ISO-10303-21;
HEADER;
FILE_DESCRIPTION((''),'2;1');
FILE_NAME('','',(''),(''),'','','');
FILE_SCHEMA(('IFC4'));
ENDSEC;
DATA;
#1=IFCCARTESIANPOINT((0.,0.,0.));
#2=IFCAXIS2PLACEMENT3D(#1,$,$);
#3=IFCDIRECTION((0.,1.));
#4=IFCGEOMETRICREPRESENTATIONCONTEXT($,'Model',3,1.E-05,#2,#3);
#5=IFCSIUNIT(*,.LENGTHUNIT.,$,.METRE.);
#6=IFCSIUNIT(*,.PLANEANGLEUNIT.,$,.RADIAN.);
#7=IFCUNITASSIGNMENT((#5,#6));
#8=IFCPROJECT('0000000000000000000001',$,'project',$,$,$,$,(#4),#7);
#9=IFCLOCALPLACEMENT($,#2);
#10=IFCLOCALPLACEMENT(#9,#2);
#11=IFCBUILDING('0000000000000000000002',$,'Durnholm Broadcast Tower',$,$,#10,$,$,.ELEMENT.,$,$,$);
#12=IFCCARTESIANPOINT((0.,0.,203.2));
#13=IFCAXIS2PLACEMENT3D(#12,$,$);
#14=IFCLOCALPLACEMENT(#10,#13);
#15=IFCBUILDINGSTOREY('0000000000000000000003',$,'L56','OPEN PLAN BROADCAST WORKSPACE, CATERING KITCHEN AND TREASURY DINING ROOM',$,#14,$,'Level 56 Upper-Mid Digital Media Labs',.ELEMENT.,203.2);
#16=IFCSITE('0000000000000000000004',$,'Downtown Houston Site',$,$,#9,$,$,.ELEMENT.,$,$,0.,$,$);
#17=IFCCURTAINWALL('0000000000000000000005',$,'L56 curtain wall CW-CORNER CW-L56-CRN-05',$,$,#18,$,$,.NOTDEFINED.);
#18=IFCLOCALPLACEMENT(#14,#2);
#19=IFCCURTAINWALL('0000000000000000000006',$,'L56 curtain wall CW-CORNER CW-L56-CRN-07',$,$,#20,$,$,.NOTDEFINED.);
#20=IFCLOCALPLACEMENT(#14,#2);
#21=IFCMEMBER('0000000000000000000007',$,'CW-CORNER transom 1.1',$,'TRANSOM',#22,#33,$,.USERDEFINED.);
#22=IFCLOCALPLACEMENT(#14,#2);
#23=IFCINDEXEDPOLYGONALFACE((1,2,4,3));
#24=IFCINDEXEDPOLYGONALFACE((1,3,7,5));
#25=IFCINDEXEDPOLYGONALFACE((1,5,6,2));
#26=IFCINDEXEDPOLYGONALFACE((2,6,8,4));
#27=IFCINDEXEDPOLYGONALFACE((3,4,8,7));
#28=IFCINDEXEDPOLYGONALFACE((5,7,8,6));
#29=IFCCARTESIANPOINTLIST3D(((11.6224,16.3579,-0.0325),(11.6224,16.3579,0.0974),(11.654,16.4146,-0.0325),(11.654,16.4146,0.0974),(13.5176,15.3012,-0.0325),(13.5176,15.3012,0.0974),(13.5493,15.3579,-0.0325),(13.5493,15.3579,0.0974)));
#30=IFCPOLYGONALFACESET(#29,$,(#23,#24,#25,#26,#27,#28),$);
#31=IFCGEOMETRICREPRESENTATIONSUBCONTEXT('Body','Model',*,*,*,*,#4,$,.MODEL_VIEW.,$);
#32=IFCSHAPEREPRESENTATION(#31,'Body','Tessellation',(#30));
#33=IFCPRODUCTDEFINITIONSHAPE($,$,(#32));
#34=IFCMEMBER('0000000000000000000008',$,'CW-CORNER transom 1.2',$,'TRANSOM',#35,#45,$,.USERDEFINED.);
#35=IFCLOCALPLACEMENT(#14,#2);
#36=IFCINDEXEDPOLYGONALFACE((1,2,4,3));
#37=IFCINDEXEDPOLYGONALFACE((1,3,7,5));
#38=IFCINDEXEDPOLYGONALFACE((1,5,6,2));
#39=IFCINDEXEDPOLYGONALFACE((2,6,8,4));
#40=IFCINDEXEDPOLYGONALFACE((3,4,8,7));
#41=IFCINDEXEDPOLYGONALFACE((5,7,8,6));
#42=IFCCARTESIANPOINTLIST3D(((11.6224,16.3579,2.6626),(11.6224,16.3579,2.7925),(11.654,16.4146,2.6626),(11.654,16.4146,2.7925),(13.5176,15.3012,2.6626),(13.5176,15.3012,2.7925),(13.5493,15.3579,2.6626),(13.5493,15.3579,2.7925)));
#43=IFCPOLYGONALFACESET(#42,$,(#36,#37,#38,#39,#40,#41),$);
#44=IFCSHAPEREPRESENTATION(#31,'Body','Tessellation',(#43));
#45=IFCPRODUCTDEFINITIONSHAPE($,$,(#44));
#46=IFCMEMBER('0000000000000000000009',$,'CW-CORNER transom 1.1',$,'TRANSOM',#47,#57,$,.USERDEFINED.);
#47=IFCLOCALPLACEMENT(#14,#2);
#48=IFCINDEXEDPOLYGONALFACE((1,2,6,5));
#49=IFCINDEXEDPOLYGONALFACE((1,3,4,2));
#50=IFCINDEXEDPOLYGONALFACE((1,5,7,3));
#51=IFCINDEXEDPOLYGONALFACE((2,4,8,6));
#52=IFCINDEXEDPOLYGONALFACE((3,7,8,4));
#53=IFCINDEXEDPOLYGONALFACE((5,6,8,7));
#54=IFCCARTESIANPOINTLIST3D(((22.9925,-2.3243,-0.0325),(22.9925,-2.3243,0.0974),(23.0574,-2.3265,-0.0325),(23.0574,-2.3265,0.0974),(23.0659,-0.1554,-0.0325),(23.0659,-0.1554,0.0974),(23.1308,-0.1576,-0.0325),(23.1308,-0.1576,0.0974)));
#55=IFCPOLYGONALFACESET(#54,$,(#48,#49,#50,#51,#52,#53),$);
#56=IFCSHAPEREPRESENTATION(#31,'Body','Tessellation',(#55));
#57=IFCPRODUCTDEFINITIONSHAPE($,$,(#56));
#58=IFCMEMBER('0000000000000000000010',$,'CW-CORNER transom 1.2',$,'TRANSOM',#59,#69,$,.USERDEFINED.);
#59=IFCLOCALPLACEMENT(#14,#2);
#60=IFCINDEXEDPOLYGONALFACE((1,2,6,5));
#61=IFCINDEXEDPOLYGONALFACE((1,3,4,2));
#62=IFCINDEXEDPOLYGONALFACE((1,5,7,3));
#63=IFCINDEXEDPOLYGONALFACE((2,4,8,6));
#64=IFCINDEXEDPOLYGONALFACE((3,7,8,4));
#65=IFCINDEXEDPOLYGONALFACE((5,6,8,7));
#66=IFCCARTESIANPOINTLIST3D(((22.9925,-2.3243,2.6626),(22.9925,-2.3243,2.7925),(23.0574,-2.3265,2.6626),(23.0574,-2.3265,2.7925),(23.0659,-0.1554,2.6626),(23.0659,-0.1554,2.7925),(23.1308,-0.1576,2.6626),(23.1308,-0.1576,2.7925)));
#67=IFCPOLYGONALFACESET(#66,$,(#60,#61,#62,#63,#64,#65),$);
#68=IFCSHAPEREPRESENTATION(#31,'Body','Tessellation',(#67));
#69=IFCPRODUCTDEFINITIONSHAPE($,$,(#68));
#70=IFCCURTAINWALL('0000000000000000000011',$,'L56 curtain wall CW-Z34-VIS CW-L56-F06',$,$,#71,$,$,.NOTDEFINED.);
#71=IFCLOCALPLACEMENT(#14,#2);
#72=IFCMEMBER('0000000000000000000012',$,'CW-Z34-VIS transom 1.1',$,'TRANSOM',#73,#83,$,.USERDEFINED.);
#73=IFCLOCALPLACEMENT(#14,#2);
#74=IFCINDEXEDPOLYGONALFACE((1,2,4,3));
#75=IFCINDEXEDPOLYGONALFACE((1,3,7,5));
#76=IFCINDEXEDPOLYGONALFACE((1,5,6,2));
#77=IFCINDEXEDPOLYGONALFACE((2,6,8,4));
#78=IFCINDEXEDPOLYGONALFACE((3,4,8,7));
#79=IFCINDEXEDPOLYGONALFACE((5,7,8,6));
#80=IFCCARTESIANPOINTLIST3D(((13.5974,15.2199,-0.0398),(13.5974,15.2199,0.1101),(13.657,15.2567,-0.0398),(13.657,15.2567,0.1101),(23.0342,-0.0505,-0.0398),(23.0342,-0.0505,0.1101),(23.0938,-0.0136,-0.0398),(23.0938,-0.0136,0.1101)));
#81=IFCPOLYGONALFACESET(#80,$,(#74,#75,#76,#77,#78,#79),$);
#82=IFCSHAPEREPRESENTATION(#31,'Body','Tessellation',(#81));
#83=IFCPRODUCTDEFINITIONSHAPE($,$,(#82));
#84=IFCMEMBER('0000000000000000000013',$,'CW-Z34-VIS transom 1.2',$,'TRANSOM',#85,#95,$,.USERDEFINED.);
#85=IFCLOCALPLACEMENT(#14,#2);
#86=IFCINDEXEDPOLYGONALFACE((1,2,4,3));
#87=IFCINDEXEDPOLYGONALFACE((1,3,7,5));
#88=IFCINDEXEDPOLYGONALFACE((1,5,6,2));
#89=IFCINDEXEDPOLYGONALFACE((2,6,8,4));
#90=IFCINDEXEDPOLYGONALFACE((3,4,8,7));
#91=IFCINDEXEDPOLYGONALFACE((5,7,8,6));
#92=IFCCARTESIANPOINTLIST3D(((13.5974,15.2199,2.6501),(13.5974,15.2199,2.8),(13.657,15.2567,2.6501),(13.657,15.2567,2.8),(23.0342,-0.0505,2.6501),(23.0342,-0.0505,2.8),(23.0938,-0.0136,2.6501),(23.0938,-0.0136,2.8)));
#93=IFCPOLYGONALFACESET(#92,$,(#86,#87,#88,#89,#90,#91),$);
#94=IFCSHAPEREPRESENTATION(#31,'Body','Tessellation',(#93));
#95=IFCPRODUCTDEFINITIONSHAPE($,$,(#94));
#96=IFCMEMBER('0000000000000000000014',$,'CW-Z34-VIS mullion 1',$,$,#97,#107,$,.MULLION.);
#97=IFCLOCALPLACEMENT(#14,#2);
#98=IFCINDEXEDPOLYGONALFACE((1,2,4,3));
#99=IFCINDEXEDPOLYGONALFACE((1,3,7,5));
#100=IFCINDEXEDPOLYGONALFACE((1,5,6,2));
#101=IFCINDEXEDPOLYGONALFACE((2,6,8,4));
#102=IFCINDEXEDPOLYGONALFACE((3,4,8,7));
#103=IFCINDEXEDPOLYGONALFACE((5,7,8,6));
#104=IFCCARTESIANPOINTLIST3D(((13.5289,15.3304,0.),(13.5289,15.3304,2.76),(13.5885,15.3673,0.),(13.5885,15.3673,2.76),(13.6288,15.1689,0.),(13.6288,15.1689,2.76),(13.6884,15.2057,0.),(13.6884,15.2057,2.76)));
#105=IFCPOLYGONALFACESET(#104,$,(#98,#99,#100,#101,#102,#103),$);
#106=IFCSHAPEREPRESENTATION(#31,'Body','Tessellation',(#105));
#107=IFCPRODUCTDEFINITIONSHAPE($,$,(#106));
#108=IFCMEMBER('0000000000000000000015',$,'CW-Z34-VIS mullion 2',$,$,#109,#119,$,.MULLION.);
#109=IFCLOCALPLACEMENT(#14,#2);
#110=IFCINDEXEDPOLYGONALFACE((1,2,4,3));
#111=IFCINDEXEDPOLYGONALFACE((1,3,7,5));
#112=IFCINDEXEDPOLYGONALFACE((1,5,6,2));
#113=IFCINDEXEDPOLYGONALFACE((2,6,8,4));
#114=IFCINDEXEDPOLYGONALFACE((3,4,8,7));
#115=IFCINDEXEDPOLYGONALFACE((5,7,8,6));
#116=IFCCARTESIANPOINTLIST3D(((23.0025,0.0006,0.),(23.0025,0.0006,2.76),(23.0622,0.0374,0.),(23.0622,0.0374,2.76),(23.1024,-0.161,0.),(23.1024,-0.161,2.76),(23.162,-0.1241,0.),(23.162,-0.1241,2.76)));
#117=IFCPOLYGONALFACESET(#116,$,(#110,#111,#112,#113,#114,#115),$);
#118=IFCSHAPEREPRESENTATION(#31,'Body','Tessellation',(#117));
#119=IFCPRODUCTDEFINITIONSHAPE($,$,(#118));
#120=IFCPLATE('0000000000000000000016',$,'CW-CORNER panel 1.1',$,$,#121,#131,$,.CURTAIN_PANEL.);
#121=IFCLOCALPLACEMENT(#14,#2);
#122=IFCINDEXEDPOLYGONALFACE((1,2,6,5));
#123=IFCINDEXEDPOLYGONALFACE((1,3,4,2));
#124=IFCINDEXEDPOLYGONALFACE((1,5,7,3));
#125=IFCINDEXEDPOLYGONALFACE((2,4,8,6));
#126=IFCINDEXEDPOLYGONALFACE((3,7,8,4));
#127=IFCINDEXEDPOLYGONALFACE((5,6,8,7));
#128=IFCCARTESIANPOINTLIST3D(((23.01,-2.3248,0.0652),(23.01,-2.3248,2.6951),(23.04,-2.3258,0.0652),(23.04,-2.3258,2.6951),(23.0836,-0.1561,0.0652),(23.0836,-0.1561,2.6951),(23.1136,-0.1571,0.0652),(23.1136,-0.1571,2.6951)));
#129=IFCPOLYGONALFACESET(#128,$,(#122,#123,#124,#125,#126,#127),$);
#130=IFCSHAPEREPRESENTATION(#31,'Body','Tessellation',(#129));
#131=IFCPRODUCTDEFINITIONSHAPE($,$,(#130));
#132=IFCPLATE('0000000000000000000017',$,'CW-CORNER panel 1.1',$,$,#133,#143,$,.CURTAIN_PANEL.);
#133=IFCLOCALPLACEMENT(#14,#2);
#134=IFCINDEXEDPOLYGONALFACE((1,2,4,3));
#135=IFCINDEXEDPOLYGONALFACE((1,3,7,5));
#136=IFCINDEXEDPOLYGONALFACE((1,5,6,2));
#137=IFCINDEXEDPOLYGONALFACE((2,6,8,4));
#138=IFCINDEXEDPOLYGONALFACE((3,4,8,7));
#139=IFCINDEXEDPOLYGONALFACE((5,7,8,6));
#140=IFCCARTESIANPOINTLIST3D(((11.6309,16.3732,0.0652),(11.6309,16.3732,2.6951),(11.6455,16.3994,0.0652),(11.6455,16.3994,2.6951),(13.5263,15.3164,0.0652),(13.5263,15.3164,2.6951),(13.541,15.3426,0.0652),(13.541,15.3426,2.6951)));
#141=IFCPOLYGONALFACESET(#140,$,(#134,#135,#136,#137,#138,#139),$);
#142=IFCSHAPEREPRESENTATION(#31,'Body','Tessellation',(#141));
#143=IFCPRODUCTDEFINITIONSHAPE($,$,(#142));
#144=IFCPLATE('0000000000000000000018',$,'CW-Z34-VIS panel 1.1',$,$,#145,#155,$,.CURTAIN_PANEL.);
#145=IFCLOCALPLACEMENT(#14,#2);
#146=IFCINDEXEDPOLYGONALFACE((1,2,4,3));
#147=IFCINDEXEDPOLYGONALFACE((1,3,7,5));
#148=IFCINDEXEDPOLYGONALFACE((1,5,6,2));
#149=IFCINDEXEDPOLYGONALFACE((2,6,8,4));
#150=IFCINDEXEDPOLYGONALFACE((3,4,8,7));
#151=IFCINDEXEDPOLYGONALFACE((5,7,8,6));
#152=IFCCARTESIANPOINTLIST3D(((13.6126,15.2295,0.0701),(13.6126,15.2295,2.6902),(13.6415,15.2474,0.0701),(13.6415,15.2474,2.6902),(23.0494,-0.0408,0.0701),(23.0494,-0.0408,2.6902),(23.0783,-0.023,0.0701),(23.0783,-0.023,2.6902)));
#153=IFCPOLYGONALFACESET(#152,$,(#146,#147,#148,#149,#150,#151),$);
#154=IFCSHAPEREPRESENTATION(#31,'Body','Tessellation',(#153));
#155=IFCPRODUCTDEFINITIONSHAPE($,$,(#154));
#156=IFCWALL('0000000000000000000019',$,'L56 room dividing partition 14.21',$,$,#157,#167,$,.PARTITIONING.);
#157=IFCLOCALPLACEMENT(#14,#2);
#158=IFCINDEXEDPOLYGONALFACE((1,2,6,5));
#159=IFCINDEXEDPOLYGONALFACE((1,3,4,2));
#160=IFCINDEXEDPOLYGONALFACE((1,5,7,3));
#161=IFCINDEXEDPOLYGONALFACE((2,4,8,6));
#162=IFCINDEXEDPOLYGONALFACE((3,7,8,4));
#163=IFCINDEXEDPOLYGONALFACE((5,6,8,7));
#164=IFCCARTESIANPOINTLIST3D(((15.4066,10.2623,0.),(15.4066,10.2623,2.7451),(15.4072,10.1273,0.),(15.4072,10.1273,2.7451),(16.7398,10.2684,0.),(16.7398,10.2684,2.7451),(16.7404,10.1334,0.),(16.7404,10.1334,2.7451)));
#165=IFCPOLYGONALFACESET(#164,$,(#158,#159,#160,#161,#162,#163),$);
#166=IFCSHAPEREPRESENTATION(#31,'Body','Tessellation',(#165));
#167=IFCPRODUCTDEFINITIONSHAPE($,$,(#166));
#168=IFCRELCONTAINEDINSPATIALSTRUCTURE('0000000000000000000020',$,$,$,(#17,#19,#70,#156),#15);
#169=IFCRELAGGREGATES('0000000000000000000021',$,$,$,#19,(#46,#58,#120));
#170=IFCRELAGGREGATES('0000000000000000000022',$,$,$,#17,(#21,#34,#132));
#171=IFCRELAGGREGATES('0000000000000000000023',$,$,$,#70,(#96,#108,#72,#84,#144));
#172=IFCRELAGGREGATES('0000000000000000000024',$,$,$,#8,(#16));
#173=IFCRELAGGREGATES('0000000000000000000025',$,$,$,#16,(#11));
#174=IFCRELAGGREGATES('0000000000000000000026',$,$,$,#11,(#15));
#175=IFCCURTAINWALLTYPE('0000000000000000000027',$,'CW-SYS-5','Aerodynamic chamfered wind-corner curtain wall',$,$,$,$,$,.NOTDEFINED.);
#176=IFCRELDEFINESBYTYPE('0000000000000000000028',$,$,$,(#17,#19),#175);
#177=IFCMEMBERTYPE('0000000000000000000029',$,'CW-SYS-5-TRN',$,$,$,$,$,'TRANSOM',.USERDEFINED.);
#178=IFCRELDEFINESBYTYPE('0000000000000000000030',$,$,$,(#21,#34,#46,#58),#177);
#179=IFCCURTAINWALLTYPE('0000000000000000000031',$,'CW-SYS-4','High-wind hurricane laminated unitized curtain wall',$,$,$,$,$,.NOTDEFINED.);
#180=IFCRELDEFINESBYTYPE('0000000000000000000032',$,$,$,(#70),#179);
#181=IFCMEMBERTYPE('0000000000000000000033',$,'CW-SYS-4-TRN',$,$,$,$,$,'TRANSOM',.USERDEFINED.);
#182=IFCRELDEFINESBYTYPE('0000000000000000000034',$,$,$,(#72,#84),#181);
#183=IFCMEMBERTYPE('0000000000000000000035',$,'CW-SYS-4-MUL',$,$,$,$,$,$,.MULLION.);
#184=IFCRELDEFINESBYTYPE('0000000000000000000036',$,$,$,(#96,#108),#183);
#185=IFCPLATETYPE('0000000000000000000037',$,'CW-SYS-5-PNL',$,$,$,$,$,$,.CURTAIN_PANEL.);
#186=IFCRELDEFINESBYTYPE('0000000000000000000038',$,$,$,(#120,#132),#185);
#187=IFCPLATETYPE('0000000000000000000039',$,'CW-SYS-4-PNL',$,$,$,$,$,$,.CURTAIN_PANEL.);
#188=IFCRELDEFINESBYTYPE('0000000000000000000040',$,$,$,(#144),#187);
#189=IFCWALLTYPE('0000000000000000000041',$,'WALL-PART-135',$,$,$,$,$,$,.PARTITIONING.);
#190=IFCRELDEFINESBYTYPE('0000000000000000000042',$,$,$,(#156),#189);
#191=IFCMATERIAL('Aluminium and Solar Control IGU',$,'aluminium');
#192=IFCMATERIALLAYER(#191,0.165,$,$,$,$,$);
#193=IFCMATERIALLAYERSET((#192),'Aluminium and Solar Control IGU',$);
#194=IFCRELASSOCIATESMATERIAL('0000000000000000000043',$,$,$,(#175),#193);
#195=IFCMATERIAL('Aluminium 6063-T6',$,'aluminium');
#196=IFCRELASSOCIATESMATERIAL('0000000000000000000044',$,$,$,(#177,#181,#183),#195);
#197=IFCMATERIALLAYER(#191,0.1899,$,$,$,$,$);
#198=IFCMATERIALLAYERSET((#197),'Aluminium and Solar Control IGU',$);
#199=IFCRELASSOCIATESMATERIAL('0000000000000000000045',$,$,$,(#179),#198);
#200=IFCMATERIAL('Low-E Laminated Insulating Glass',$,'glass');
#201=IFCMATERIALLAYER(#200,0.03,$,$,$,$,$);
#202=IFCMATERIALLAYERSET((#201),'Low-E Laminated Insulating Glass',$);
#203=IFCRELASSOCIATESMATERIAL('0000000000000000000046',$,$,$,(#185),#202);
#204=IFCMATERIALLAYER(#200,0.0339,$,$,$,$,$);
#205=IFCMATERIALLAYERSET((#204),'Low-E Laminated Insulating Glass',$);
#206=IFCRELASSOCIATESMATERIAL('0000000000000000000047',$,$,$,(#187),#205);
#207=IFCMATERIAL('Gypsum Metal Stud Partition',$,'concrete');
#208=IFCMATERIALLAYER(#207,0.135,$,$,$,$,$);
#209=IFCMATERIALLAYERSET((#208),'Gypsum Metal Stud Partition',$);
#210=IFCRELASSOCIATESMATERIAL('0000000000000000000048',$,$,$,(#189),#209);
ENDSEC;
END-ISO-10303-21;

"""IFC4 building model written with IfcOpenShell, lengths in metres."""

from ifc_helpers import new_model, si_unit, direction, frame, frame_2d, origin, origin_2d, place, context, subcontext, project, spatial, rectangle, extrude, source, transform, mapped, material, layer, layer_set, material_profile, profile_set, type_object, type_shapes, element, aggregate, save


model = new_model("IFC4")

# Units and contexts
model_context = context("Model", 3, precision=1e-05, world=origin(), true_north=direction((0.0, 1.0)))
body_context = subcontext(model_context, "Body", "Model", "MODEL_VIEW")
ifc_project = project(units=[si_unit("LENGTHUNIT", "METRE"), si_unit("PLANEANGLEUNIT", "RADIAN")], contexts=[model_context])

# Site, building, storey
site_placement = place(None, origin())
site = spatial("IfcSite", under=ifc_project, at=site_placement, Name="Downtown Houston Site", CompositionType="ELEMENT", RefElevation=0.0)
building_placement = place(site_placement, origin())
building = spatial("IfcBuilding", under=site, at=building_placement, Name="Durnholm Broadcast Tower", CompositionType="ELEMENT")
storey_placement = place(building_placement, frame((0.0, 0.0, 203.2)))
storey = spatial("IfcBuildingStorey", under=building, at=storey_placement, Name="L56", Description="OPEN PLAN BROADCAST WORKSPACE, CATERING KITCHEN AND TREASURY DINING ROOM", LongName="Level 56 Upper-Mid Digital Media Labs", CompositionType="ELEMENT", Elevation=203.2)

# Curtain wall
ifc_material_1 = material(Name="Aluminium and Solar Control IGU", Category="aluminium")
ifc_layer_1 = layer(ifc_material_1, 0.165)
ifc_layer_set_1 = layer_set([ifc_layer_1], Name="Aluminium and Solar Control IGU")
curtain_wall_type_1 = type_object("IfcCurtainWallType", Name="CW-SYS-5", Description="Aerodynamic chamfered wind-corner curtain wall", PredefinedType="NOTDEFINED", material=ifc_layer_set_1)
curtain_wall_1_placement = place(storey_placement, origin())
curtain_wall_1 = element("IfcCurtainWall", 1, at=curtain_wall_1_placement, inside=storey, type_object=curtain_wall_type_1, Name="L56 curtain wall CW-CORNER CW-L56-CRN-05", PredefinedType="NOTDEFINED")
ifc_material_2 = material(Name="Aluminium 6063-T6", Category="aluminium")

# Curtain wall
curtain_wall_2_placement = place(storey_placement, origin())
curtain_wall_2 = element("IfcCurtainWall", 2, at=curtain_wall_2_placement, inside=storey, type_object=curtain_wall_type_1, Name="L56 curtain wall CW-CORNER CW-L56-CRN-07", PredefinedType="NOTDEFINED")

# Members
ifc_material_profile_1 = material_profile(ifc_material_2, rectangle(XDim=0.0649, YDim=0.1299, at=origin_2d()), Name="CWT65X130")
ifc_profile_set_1 = profile_set([ifc_material_profile_1], Name="Aluminium 6063-T6")
member_type_1 = type_object("IfcMemberType", Name="CW-SYS-5-TRN", ElementType="TRANSOM", PredefinedType="USERDEFINED", material=ifc_profile_set_1)
shared_shape_1 = source(origin(), body_context, "Body", "SweptSolid", [
    extrude(rectangle(XDim=0.0649, YDim=0.1299, at=origin_2d()), origin(), (0.0, 0.0, 1.0), 2.1699),
])
member_1_placement = place(storey_placement, frame((11.6382, 16.3862, 0.0325), z_axis=(0.873429, -0.486951, 0.0), x_axis=(0.486951, 0.873429, 0.0)))
member_1 = element("IfcMember", 3, at=member_1_placement, type_object=member_type_1, Name="CW-CORNER transom 1.1", ObjectType="TRANSOM", PredefinedType="USERDEFINED", context=body_context, shape_type="MappedRepresentation", body=[
    mapped(shared_shape_1, transform((0.0, 0.0, 0.0), x_axis=(1.0, 0.0, 0.0), y_axis=(0.0, 1.0, 0.0), z_axis=(0.0, 0.0, 1.0), scale=1.0)),
])
member_2_placement = place(storey_placement, frame((11.6382, 16.3862, 2.7275), z_axis=(0.873429, -0.486951, 0.0), x_axis=(0.486951, 0.873429, 0.0)))
member_2 = element("IfcMember", 4, at=member_2_placement, type_object=member_type_1, Name="CW-CORNER transom 1.2", ObjectType="TRANSOM", PredefinedType="USERDEFINED", context=body_context, shape_type="MappedRepresentation", body=[
    mapped(shared_shape_1, transform((0.0, 0.0, 0.0), x_axis=(1.0, 0.0, 0.0), y_axis=(0.0, 1.0, 0.0), z_axis=(0.0, 0.0, 1.0), scale=1.0)),
])
shared_shape_2 = source(origin(), body_context, "Body", "SweptSolid", [
    extrude(rectangle(XDim=0.0649, YDim=0.1299, at=origin_2d()), origin(), (0.0, 0.0, 1.0), 2.1702),
])
type_shapes(member_type_1, [shared_shape_1, shared_shape_2])
member_3_placement = place(storey_placement, frame((23.0984, -0.1565, 0.0325), z_axis=(-0.033862, -0.999427, 0.0), x_axis=(0.999427, -0.033862, 0.0)))
member_3 = element("IfcMember", 5, at=member_3_placement, type_object=member_type_1, Name="CW-CORNER transom 1.1", ObjectType="TRANSOM", PredefinedType="USERDEFINED", context=body_context, shape_type="MappedRepresentation", body=[
    mapped(shared_shape_2, transform((0.0, 0.0, 0.0), x_axis=(1.0, 0.0, 0.0), y_axis=(0.0, 1.0, 0.0), z_axis=(0.0, 0.0, 1.0), scale=1.0)),
])
member_4_placement = place(storey_placement, frame((23.0984, -0.1565, 2.7275), z_axis=(-0.033862, -0.999427, 0.0), x_axis=(0.999427, -0.033862, 0.0)))
member_4 = element("IfcMember", 6, at=member_4_placement, type_object=member_type_1, Name="CW-CORNER transom 1.2", ObjectType="TRANSOM", PredefinedType="USERDEFINED", context=body_context, shape_type="MappedRepresentation", body=[
    mapped(shared_shape_2, transform((0.0, 0.0, 0.0), x_axis=(1.0, 0.0, 0.0), y_axis=(0.0, 1.0, 0.0), z_axis=(0.0, 0.0, 1.0), scale=1.0)),
])

# Curtain wall, members
ifc_layer_2 = layer(ifc_material_1, 0.1899)
ifc_layer_set_2 = layer_set([ifc_layer_2], Name="Aluminium and Solar Control IGU")
curtain_wall_type_2 = type_object("IfcCurtainWallType", Name="CW-SYS-4", Description="High-wind hurricane laminated unitized curtain wall", PredefinedType="NOTDEFINED", material=ifc_layer_set_2)
curtain_wall_3_placement = place(storey_placement, origin())
curtain_wall_3 = element("IfcCurtainWall", 7, at=curtain_wall_3_placement, inside=storey, type_object=curtain_wall_type_2, Name="L56 curtain wall CW-Z34-VIS CW-L56-F06", PredefinedType="NOTDEFINED")
ifc_material_profile_2 = material_profile(ifc_material_2, rectangle(XDim=0.0701, YDim=0.1499, at=origin_2d()), Name="CWT70X150")
ifc_profile_set_2 = profile_set([ifc_material_profile_2], Name="Aluminium 6063-T6")
member_type_2 = type_object("IfcMemberType", Name="CW-SYS-4-TRN", ElementType="TRANSOM", PredefinedType="USERDEFINED", material=ifc_profile_set_2)
shared_shape_3 = source(origin(), body_context, "Body", "SweptSolid", [
    extrude(rectangle(XDim=0.0701, YDim=0.1499, at=origin_2d()), origin(), (0.0, 0.0, 1.0), 17.9509),
])
type_shapes(member_type_2, [shared_shape_3])
member_5_placement = place(storey_placement, frame((13.6272, 15.2383, 0.0352), z_axis=(0.5257, -0.85067, 0.0), x_axis=(0.85067, 0.5257, 0.0)))
member_5 = element("IfcMember", 8, at=member_5_placement, type_object=member_type_2, Name="CW-Z34-VIS transom 1.1", ObjectType="TRANSOM", PredefinedType="USERDEFINED", context=body_context, shape_type="MappedRepresentation", body=[
    mapped(shared_shape_3, transform((0.0, 0.0, 0.0), x_axis=(1.0, 0.0, 0.0), y_axis=(0.0, 1.0, 0.0), z_axis=(0.0, 0.0, 1.0), scale=1.0)),
])
member_6_placement = place(storey_placement, frame((13.6272, 15.2383, 2.7251), z_axis=(0.5257, -0.85067, 0.0), x_axis=(0.85067, 0.5257, 0.0)))
member_6 = element("IfcMember", 9, at=member_6_placement, type_object=member_type_2, Name="CW-Z34-VIS transom 1.2", ObjectType="TRANSOM", PredefinedType="USERDEFINED", context=body_context, shape_type="MappedRepresentation", body=[
    mapped(shared_shape_3, transform((0.0, 0.0, 0.0), x_axis=(1.0, 0.0, 0.0), y_axis=(0.0, 1.0, 0.0), z_axis=(0.0, 0.0, 1.0), scale=1.0)),
])
ifc_material_profile_3 = material_profile(ifc_material_2, rectangle(XDim=0.0701, YDim=0.1899, at=origin_2d()), Name="CWM70X190")
ifc_profile_set_3 = profile_set([ifc_material_profile_3], Name="Aluminium 6063-T6")
member_type_3 = type_object("IfcMemberType", Name="CW-SYS-4-MUL", PredefinedType="MULLION", material=ifc_profile_set_3)
shared_shape_4 = source(origin(), body_context, "Body", "SweptSolid", [
    extrude(rectangle(XDim=0.0701, YDim=0.1899, at=origin_2d()), origin(), (0.0, 0.0, 1.0), 2.76),
])
type_shapes(member_type_3, [shared_shape_4])
member_7_placement = place(storey_placement, frame((13.6086, 15.2681, 0.0), z_axis=(0.0, 0.0, 1.0), x_axis=(0.850671, 0.525698, 0.0)))
member_7 = element("IfcMember", 10, at=member_7_placement, type_object=member_type_3, Name="CW-Z34-VIS mullion 1", PredefinedType="MULLION", context=body_context, shape_type="MappedRepresentation", body=[
    mapped(shared_shape_4, transform((0.0, 0.0, 0.0), x_axis=(1.0, 0.0, 0.0), y_axis=(0.0, 1.0, 0.0), z_axis=(0.0, 0.0, 1.0), scale=1.0)),
])
member_8_placement = place(storey_placement, frame((23.0823, -0.0618, 0.0), z_axis=(0.0, 0.0, 1.0), x_axis=(0.850671, 0.525698, 0.0)))
member_8 = element("IfcMember", 11, at=member_8_placement, type_object=member_type_3, Name="CW-Z34-VIS mullion 2", PredefinedType="MULLION", context=body_context, shape_type="MappedRepresentation", body=[
    mapped(shared_shape_4, transform((0.0, 0.0, 0.0), x_axis=(1.0, 0.0, 0.0), y_axis=(0.0, 1.0, 0.0), z_axis=(0.0, 0.0, 1.0), scale=1.0)),
])

# Plates
ifc_material_3 = material(Name="Low-E Laminated Insulating Glass", Category="glass")
ifc_layer_3 = layer(ifc_material_3, 0.03)
ifc_layer_set_3 = layer_set([ifc_layer_3], Name="Low-E Laminated Insulating Glass")
plate_type_1 = type_object("IfcPlateType", Name="CW-SYS-5-PNL", PredefinedType="CURTAIN_PANEL", material=ifc_layer_set_3)
shared_shape_5 = source(origin(), body_context, "Body", "SweptSolid", [
    extrude(rectangle(XDim=2.1699, YDim=0.03, at=origin_2d()), origin(), (0.0, 0.0, 1.0), 2.6299),
])
plate_1_placement = place(storey_placement, frame((23.0618, -1.241, 0.0652), z_axis=(0.0, 0.0, 1.0), x_axis=(-0.033913, -0.999425, 0.0)))
plate_1 = element("IfcPlate", 12, at=plate_1_placement, type_object=plate_type_1, Name="CW-CORNER panel 1.1", PredefinedType="CURTAIN_PANEL", context=body_context, shape_type="MappedRepresentation", body=[
    mapped(shared_shape_5, transform((0.0, 0.0, 0.0), x_axis=(1.0, 0.0, 0.0), y_axis=(0.0, 1.0, 0.0), z_axis=(0.0, 0.0, 1.0), scale=1.0)),
])
aggregate(curtain_wall_2, [member_3, member_4, plate_1])
shared_shape_6 = source(origin(), body_context, "Body", "SweptSolid", [
    extrude(rectangle(XDim=2.1702, YDim=0.03, at=origin_2d()), origin(), (0.0, 0.0, 1.0), 2.6299),
])
type_shapes(plate_type_1, [shared_shape_5, shared_shape_6])
plate_2_placement = place(storey_placement, frame((12.5859, 15.8579, 0.0652), z_axis=(0.0, 0.0, 1.0), x_axis=(0.87341, -0.486986, 0.0)))
plate_2 = element("IfcPlate", 13, at=plate_2_placement, type_object=plate_type_1, Name="CW-CORNER panel 1.1", PredefinedType="CURTAIN_PANEL", context=body_context, shape_type="MappedRepresentation", body=[
    mapped(shared_shape_6, transform((0.0, 0.0, 0.0), x_axis=(1.0, 0.0, 0.0), y_axis=(0.0, 1.0, 0.0), z_axis=(0.0, 0.0, 1.0), scale=1.0)),
])
aggregate(curtain_wall_1, [member_1, member_2, plate_2])
ifc_layer_4 = layer(ifc_material_3, 0.0339)
ifc_layer_set_4 = layer_set([ifc_layer_4], Name="Low-E Laminated Insulating Glass")
plate_type_2 = type_object("IfcPlateType", Name="CW-SYS-4-PNL", PredefinedType="CURTAIN_PANEL", material=ifc_layer_set_4)
shared_shape_7 = source(origin(), body_context, "Body", "SweptSolid", [
    extrude(rectangle(XDim=17.9509, YDim=0.0339, at=origin_2d()), origin(), (0.0, 0.0, 1.0), 2.6201),
])
type_shapes(plate_type_2, [shared_shape_7])
plate_3_placement = place(storey_placement, frame((18.3455, 7.6033, 0.0701), z_axis=(0.0, 0.0, 1.0), x_axis=(0.525698, -0.850671, 0.0)))
plate_3 = element("IfcPlate", 14, at=plate_3_placement, type_object=plate_type_2, Name="CW-Z34-VIS panel 1.1", PredefinedType="CURTAIN_PANEL", context=body_context, shape_type="MappedRepresentation", body=[
    mapped(shared_shape_7, transform((0.0, 0.0, 0.0), x_axis=(1.0, 0.0, 0.0), y_axis=(0.0, 1.0, 0.0), z_axis=(0.0, 0.0, 1.0), scale=1.0)),
])
aggregate(curtain_wall_3, [member_7, member_8, member_5, member_6, plate_3])

# Wall
ifc_material_4 = material(Name="Gypsum Metal Stud Partition", Category="concrete")
ifc_layer_5 = layer(ifc_material_4, 0.135)
ifc_layer_set_5 = layer_set([ifc_layer_5], Name="Gypsum Metal Stud Partition")
wall_type_1 = type_object("IfcWallType", Name="WALL-PART-135", PredefinedType="PARTITIONING", material=ifc_layer_set_5)
wall_1_placement = place(storey_placement, frame((16.74, 10.2009, 0.0), z_axis=(0.0, 0.0, 1.0), x_axis=(-0.99999, -0.004578, 0.0)))
element("IfcWall", 15, at=wall_1_placement, inside=storey, type_object=wall_type_1, Name="L56 room dividing partition 14.21", PredefinedType="PARTITIONING", context=body_context, shape_type="SweptSolid", body=[
    extrude(rectangle(XDim=1.3333, YDim=0.135, at=frame_2d((0.6665, 0.0))), origin(), (0.0, 0.0, 1.0), 2.7451),
])

save(model, "model.ifc")
